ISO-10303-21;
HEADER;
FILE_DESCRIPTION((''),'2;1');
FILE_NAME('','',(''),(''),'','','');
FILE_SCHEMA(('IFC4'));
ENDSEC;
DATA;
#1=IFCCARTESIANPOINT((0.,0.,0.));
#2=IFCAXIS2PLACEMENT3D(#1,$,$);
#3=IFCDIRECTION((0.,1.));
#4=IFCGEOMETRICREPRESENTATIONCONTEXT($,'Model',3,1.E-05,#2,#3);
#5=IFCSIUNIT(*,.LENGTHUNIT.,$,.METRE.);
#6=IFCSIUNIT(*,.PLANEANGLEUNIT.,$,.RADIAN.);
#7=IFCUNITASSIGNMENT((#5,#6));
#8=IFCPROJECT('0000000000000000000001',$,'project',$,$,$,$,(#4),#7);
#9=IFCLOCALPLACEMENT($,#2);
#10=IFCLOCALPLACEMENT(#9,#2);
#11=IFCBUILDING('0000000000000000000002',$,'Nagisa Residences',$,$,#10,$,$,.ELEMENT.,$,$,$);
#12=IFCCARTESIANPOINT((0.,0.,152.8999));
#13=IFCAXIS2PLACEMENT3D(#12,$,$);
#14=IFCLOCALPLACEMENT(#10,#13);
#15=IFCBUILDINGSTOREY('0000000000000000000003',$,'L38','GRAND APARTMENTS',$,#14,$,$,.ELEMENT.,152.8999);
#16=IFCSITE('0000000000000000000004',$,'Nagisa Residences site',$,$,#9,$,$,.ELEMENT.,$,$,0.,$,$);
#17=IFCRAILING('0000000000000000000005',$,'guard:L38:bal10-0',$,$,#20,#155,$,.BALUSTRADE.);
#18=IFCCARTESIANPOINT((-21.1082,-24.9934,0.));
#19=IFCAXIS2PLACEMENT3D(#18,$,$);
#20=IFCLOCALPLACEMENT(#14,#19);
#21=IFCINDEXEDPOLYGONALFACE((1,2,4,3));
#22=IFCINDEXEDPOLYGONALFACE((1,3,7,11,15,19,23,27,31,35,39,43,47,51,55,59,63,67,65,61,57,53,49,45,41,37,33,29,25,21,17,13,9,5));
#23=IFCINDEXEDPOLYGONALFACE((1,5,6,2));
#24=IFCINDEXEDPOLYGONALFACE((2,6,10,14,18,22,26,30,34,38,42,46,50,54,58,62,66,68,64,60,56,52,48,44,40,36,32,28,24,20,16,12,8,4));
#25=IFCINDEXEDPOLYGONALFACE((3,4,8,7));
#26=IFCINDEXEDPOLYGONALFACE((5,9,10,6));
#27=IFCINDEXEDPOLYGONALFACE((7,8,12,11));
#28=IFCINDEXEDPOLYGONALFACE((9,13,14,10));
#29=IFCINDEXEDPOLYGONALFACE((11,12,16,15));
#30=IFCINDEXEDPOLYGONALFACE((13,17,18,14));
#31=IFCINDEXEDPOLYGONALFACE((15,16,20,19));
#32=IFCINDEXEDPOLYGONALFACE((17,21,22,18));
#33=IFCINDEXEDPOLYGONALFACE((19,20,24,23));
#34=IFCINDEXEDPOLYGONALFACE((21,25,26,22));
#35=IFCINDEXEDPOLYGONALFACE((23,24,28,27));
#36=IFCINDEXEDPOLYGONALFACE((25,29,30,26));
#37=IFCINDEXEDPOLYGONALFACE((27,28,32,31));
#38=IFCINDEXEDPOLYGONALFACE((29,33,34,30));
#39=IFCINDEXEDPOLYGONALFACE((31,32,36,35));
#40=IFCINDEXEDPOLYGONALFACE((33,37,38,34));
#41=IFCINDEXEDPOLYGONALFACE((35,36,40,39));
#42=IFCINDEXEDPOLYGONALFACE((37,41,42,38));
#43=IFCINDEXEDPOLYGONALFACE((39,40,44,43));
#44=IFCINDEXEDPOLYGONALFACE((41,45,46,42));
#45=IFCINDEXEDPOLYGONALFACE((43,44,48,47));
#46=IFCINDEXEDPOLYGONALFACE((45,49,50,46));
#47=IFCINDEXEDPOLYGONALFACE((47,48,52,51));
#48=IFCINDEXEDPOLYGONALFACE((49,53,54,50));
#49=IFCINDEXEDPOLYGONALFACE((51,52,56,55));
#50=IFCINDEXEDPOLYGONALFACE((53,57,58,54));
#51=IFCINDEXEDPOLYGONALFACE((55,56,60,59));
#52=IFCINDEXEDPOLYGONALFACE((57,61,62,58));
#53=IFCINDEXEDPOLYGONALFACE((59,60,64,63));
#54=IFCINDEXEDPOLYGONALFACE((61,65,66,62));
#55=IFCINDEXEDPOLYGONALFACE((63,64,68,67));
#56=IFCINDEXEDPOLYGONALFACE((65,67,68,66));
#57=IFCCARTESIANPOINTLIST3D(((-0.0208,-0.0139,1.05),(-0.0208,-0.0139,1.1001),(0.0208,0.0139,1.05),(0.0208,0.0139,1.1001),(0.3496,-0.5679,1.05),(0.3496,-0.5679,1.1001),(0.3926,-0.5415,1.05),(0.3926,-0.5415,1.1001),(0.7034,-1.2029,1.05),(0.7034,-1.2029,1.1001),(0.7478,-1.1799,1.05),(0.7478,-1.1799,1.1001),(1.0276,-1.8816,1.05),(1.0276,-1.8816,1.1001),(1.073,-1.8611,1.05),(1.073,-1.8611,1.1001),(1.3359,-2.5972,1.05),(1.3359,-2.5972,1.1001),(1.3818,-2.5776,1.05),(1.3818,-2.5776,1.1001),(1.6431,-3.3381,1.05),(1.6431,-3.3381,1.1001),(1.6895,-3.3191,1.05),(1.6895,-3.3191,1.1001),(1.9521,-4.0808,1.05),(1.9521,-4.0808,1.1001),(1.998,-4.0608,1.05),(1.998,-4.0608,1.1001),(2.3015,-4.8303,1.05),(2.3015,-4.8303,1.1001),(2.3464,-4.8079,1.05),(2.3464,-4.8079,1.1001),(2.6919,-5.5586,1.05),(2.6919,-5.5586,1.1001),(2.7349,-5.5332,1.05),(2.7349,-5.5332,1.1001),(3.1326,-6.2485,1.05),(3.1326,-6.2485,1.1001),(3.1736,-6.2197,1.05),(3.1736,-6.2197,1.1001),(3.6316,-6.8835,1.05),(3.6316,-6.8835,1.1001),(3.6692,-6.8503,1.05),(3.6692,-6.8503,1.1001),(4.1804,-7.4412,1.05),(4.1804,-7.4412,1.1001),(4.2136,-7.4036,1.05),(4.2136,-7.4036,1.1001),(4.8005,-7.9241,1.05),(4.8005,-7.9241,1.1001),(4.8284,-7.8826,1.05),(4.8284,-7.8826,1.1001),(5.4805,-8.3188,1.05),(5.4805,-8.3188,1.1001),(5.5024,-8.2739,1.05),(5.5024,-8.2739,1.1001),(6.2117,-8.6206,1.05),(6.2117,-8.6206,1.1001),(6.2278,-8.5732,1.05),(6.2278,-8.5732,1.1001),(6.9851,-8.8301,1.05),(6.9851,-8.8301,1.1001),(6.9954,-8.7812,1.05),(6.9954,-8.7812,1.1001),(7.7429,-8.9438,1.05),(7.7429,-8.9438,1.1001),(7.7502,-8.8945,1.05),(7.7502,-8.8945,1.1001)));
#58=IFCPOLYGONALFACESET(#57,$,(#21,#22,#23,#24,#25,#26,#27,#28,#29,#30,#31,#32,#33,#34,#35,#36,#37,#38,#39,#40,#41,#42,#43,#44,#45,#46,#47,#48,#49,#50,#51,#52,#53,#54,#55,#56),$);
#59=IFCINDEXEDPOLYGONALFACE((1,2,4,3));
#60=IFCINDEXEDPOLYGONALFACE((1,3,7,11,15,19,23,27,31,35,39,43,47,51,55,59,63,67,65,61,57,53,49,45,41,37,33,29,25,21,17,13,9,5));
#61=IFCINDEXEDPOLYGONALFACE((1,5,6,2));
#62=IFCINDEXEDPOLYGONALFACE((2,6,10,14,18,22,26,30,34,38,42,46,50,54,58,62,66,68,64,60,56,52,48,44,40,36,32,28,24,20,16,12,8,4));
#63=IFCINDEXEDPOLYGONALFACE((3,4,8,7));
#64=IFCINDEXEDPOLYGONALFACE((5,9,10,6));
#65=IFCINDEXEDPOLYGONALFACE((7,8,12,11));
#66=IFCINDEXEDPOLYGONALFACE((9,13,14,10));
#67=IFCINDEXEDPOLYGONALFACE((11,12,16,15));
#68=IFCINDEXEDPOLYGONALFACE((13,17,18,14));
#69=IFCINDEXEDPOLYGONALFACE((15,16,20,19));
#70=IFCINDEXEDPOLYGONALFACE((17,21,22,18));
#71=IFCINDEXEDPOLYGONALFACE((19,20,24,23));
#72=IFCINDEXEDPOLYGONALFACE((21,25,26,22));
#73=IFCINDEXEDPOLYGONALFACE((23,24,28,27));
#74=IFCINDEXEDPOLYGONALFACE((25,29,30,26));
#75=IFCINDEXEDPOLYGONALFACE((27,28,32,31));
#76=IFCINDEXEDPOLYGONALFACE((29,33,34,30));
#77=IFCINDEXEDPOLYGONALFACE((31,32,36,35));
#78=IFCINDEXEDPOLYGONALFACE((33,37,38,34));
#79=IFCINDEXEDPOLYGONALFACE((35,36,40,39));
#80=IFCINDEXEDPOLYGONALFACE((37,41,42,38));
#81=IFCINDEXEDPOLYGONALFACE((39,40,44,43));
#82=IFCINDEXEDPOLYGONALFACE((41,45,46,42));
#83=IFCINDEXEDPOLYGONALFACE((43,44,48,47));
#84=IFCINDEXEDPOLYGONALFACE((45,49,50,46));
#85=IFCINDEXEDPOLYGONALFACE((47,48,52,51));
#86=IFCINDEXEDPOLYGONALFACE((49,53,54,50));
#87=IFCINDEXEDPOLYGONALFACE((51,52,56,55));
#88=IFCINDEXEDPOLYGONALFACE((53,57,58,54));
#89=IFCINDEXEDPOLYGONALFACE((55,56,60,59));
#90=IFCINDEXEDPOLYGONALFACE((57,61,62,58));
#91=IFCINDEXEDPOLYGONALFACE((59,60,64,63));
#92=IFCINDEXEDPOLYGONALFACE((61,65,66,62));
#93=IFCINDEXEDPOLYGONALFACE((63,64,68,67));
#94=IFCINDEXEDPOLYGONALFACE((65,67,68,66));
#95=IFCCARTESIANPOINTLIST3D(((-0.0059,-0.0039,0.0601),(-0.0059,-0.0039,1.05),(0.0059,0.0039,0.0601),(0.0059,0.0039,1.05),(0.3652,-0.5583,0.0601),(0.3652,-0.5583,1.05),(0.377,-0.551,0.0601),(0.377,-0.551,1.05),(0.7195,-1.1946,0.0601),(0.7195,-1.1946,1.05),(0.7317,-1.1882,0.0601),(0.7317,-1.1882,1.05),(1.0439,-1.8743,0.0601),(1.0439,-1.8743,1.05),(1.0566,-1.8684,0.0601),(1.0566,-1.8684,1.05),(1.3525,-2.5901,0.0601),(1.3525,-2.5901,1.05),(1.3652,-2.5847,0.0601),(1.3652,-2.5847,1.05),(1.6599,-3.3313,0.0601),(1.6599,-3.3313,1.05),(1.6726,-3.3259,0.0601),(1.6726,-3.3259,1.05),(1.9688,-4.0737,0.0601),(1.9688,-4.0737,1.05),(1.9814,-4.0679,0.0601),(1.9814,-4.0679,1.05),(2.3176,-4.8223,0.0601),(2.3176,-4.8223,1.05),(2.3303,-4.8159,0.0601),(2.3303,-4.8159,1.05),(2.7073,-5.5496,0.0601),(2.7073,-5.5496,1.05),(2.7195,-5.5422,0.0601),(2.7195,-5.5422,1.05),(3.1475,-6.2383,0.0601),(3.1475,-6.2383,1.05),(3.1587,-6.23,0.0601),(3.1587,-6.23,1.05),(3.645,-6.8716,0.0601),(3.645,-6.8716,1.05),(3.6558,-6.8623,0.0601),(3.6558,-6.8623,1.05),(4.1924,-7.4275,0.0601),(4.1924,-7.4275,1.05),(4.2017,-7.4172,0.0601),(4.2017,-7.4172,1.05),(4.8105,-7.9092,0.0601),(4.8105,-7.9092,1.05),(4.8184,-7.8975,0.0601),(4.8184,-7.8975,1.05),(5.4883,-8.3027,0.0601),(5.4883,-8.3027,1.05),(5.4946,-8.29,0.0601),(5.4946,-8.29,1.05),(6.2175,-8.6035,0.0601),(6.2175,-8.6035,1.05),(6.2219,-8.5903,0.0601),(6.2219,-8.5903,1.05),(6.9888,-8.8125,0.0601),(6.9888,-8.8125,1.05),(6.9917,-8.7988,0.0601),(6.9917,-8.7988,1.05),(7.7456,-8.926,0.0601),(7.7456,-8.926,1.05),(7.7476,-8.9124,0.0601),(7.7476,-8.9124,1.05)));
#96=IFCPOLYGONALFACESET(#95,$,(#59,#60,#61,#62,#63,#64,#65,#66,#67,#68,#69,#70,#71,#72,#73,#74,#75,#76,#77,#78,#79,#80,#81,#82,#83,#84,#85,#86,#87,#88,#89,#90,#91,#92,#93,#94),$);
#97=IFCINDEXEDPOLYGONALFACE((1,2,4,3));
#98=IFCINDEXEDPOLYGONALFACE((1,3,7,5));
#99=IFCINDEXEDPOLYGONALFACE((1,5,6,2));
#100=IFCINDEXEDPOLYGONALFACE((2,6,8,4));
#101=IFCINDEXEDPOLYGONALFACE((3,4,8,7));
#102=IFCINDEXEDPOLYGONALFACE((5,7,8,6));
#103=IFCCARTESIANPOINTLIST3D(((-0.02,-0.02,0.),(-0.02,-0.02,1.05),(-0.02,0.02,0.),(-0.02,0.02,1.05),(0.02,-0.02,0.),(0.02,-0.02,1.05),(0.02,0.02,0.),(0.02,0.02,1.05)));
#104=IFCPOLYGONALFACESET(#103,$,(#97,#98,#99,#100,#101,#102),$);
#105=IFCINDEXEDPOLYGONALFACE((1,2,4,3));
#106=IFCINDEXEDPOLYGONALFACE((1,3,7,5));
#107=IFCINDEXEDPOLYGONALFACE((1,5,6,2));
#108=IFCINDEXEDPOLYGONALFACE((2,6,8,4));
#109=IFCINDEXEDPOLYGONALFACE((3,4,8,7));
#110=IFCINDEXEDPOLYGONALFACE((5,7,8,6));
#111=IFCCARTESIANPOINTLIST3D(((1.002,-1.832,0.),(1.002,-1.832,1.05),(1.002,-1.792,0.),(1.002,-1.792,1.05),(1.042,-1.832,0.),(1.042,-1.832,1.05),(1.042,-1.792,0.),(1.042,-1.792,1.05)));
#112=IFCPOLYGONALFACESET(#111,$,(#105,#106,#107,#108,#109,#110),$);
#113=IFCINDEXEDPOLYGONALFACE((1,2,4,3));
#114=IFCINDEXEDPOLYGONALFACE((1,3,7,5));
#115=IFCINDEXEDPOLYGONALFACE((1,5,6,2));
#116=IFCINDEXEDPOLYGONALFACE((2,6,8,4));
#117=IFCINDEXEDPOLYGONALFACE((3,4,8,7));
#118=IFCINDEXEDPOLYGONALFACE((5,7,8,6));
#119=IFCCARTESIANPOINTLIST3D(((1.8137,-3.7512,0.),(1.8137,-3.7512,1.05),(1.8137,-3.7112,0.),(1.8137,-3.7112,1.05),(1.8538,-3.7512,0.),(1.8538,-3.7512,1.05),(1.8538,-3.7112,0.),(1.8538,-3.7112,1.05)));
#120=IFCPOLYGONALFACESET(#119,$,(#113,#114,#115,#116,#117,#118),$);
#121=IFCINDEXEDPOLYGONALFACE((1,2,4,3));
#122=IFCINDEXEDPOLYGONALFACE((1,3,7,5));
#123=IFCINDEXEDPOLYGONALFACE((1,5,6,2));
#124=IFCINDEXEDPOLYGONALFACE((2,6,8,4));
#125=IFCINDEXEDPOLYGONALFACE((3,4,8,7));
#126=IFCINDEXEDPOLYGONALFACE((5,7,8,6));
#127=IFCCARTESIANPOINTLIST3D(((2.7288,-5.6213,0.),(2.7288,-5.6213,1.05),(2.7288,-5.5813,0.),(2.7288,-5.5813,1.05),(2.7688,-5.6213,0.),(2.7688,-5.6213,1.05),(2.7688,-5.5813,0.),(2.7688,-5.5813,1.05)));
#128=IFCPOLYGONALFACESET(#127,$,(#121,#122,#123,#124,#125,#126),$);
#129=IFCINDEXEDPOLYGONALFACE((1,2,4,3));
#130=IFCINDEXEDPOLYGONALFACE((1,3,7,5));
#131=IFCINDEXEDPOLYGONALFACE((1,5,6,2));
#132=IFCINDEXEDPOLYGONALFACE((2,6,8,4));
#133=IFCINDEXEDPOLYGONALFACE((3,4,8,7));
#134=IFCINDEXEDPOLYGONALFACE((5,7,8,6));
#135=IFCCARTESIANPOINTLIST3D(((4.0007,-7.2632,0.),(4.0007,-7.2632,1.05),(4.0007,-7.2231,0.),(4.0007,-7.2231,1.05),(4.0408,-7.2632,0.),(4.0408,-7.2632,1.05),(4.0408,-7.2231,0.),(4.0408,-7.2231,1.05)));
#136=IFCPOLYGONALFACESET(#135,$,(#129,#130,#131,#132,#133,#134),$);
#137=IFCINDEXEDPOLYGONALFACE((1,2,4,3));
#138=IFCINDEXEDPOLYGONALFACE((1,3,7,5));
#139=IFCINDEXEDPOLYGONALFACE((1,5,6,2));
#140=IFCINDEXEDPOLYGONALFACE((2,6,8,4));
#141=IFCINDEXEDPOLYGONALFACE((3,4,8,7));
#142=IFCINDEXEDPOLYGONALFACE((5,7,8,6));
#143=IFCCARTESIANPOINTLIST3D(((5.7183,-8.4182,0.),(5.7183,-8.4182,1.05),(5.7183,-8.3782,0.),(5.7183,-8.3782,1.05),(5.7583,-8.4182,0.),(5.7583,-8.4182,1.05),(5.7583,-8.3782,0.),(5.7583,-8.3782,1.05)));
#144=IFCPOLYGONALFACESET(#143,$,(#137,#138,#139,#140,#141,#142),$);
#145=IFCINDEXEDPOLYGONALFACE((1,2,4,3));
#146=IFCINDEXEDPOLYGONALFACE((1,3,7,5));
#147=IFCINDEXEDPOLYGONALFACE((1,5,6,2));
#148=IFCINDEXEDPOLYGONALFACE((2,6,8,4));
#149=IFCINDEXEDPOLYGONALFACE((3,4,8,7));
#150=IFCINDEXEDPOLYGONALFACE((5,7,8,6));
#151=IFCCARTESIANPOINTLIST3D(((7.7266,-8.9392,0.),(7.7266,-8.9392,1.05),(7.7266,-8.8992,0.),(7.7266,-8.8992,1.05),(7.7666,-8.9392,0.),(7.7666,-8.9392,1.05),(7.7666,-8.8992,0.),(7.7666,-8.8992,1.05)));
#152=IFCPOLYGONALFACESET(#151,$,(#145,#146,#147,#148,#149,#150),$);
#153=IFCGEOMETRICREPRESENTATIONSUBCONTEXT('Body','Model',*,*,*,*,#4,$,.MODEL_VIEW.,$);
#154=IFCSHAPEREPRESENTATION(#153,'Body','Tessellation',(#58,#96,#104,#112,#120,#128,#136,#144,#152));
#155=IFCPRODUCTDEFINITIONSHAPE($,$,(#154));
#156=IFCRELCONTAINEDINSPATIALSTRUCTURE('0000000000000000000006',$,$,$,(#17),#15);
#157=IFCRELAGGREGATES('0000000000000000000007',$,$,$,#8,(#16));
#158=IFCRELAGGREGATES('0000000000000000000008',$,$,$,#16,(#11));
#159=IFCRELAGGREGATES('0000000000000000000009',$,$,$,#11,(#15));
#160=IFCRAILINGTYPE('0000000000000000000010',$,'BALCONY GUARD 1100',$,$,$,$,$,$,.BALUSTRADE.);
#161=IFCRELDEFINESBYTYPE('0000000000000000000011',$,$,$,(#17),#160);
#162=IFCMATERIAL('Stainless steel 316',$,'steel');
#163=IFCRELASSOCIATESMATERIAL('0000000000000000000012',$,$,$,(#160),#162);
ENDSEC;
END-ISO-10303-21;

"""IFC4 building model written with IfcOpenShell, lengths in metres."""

from ifc_helpers import new_model, si_unit, direction, frame, origin, origin_2d, place, context, subcontext, project, spatial, polyline, rectangle, outline, extrude, material, type_object, element, save


model = new_model("IFC4")

# Units and contexts
model_context = context("Model", 3, precision=1e-05, world=origin(), true_north=direction((0.0, 1.0)))
body_context = subcontext(model_context, "Body", "Model", "MODEL_VIEW")
ifc_project = project(units=[si_unit("LENGTHUNIT", "METRE"), si_unit("PLANEANGLEUNIT", "RADIAN")], contexts=[model_context])

# Site, building, storey
site_placement = place(None, origin())
site = spatial("IfcSite", under=ifc_project, at=site_placement, Name="Nagisa Residences site", CompositionType="ELEMENT", RefElevation=0.0)
building_placement = place(site_placement, origin())
building = spatial("IfcBuilding", under=site, at=building_placement, Name="Nagisa Residences", CompositionType="ELEMENT")
storey_placement = place(building_placement, frame((0.0, 0.0, 152.8999)))
storey = spatial("IfcBuildingStorey", under=building, at=storey_placement, Name="L38", Description="GRAND APARTMENTS", CompositionType="ELEMENT", Elevation=152.8999)

# Railing
ifc_material_1 = material(Name="Stainless steel 316", Category="steel")
railing_type = type_object("IfcRailingType", Name="BALCONY GUARD 1100", PredefinedType="BALUSTRADE", material=ifc_material_1)
railing_1_placement = place(storey_placement, frame((-21.1082, -24.9934, 0.0)))
element("IfcRailing", 1, at=railing_1_placement, inside=storey, type_object=railing_type, Name="guard:L38:bal10-0", PredefinedType="BALUSTRADE", context=body_context, shape_type="SweptSolid", body=[
    extrude(outline(polyline([(0.3926, -0.5415), (0.0208, 0.0139), (-0.0208, -0.0139), (0.3496, -0.5679), (0.7034, -1.2029), (1.0276, -1.8816), (1.3359, -2.5972), (1.6431, -3.3381), (1.9521, -4.0808), (2.3015, -4.8303), (2.6919, -5.5586), (3.1326, -6.2485), (3.6316, -6.8835), (4.1804, -7.4412), (4.8005, -7.9241), (5.4805, -8.3188), (6.2117, -8.6206), (6.9851, -8.8301), (7.7429, -8.9438), (7.7502, -8.8945), (6.9954, -8.7812), (6.2278, -8.5732), (5.5024, -8.2739), (4.8284, -7.8826), (4.2136, -7.4036), (3.6692, -6.8503), (3.1736, -6.2197), (2.7349, -5.5332), (2.3464, -4.8079), (1.998, -4.0608), (1.6895, -3.3191), (1.3818, -2.5776), (1.073, -1.8611), (0.7478, -1.1799), (0.3926, -0.5415)])), frame((0.0, 0.0, 1.05)), (0.0, 0.0, 1.0), 0.05),
    extrude(outline(polyline([(0.377, -0.551), (0.0059, 0.0039), (-0.0059, -0.0039), (0.3652, -0.5583), (0.7195, -1.1946), (1.0439, -1.8743), (1.3525, -2.5901), (1.6599, -3.3313), (1.9688, -4.0737), (2.3176, -4.8223), (2.7073, -5.5496), (3.1475, -6.2383), (3.645, -6.8716), (4.1924, -7.4275), (4.8105, -7.9092), (5.4883, -8.3027), (6.2175, -8.6035), (6.9888, -8.8125), (7.7456, -8.926), (7.7476, -8.9124), (6.9917, -8.7988), (6.2219, -8.5903), (5.4946, -8.29), (4.8184, -7.8975), (4.2017, -7.4172), (3.6558, -6.8623), (3.1587, -6.23), (2.7195, -5.5422), (2.3303, -4.8159), (1.9814, -4.0679), (1.6726, -3.3259), (1.3652, -2.5847), (1.0566, -1.8684), (0.7317, -1.1882), (0.377, -0.551)])), frame((0.0, 0.0, 0.0601)), (0.0, 0.0, 1.0), 0.99),
    extrude(rectangle(XDim=0.04, YDim=0.04, at=origin_2d()), origin(), (0.0, 0.0, 1.0), 1.05),
    extrude(rectangle(XDim=0.04, YDim=0.04, at=origin_2d()), frame((1.022, -1.812, 0.0)), (0.0, 0.0, 1.0), 1.05),
    extrude(rectangle(XDim=0.04, YDim=0.04, at=origin_2d()), frame((1.8337, -3.7312, 0.0)), (0.0, 0.0, 1.0), 1.05),
    extrude(rectangle(XDim=0.04, YDim=0.04, at=origin_2d()), frame((2.7488, -5.6013, 0.0)), (0.0, 0.0, 1.0), 1.05),
    extrude(rectangle(XDim=0.04, YDim=0.04, at=origin_2d()), frame((4.0208, -7.2432, 0.0)), (0.0, 0.0, 1.0), 1.05),
    extrude(rectangle(XDim=0.04, YDim=0.04, at=origin_2d()), frame((5.7383, -8.3982, 0.0)), (0.0, 0.0, 1.0), 1.05),
    extrude(rectangle(XDim=0.04, YDim=0.04, at=origin_2d()), frame((7.7466, -8.9192, 0.0)), (0.0, 0.0, 1.0), 1.05),
])

save(model, "model.ifc")
